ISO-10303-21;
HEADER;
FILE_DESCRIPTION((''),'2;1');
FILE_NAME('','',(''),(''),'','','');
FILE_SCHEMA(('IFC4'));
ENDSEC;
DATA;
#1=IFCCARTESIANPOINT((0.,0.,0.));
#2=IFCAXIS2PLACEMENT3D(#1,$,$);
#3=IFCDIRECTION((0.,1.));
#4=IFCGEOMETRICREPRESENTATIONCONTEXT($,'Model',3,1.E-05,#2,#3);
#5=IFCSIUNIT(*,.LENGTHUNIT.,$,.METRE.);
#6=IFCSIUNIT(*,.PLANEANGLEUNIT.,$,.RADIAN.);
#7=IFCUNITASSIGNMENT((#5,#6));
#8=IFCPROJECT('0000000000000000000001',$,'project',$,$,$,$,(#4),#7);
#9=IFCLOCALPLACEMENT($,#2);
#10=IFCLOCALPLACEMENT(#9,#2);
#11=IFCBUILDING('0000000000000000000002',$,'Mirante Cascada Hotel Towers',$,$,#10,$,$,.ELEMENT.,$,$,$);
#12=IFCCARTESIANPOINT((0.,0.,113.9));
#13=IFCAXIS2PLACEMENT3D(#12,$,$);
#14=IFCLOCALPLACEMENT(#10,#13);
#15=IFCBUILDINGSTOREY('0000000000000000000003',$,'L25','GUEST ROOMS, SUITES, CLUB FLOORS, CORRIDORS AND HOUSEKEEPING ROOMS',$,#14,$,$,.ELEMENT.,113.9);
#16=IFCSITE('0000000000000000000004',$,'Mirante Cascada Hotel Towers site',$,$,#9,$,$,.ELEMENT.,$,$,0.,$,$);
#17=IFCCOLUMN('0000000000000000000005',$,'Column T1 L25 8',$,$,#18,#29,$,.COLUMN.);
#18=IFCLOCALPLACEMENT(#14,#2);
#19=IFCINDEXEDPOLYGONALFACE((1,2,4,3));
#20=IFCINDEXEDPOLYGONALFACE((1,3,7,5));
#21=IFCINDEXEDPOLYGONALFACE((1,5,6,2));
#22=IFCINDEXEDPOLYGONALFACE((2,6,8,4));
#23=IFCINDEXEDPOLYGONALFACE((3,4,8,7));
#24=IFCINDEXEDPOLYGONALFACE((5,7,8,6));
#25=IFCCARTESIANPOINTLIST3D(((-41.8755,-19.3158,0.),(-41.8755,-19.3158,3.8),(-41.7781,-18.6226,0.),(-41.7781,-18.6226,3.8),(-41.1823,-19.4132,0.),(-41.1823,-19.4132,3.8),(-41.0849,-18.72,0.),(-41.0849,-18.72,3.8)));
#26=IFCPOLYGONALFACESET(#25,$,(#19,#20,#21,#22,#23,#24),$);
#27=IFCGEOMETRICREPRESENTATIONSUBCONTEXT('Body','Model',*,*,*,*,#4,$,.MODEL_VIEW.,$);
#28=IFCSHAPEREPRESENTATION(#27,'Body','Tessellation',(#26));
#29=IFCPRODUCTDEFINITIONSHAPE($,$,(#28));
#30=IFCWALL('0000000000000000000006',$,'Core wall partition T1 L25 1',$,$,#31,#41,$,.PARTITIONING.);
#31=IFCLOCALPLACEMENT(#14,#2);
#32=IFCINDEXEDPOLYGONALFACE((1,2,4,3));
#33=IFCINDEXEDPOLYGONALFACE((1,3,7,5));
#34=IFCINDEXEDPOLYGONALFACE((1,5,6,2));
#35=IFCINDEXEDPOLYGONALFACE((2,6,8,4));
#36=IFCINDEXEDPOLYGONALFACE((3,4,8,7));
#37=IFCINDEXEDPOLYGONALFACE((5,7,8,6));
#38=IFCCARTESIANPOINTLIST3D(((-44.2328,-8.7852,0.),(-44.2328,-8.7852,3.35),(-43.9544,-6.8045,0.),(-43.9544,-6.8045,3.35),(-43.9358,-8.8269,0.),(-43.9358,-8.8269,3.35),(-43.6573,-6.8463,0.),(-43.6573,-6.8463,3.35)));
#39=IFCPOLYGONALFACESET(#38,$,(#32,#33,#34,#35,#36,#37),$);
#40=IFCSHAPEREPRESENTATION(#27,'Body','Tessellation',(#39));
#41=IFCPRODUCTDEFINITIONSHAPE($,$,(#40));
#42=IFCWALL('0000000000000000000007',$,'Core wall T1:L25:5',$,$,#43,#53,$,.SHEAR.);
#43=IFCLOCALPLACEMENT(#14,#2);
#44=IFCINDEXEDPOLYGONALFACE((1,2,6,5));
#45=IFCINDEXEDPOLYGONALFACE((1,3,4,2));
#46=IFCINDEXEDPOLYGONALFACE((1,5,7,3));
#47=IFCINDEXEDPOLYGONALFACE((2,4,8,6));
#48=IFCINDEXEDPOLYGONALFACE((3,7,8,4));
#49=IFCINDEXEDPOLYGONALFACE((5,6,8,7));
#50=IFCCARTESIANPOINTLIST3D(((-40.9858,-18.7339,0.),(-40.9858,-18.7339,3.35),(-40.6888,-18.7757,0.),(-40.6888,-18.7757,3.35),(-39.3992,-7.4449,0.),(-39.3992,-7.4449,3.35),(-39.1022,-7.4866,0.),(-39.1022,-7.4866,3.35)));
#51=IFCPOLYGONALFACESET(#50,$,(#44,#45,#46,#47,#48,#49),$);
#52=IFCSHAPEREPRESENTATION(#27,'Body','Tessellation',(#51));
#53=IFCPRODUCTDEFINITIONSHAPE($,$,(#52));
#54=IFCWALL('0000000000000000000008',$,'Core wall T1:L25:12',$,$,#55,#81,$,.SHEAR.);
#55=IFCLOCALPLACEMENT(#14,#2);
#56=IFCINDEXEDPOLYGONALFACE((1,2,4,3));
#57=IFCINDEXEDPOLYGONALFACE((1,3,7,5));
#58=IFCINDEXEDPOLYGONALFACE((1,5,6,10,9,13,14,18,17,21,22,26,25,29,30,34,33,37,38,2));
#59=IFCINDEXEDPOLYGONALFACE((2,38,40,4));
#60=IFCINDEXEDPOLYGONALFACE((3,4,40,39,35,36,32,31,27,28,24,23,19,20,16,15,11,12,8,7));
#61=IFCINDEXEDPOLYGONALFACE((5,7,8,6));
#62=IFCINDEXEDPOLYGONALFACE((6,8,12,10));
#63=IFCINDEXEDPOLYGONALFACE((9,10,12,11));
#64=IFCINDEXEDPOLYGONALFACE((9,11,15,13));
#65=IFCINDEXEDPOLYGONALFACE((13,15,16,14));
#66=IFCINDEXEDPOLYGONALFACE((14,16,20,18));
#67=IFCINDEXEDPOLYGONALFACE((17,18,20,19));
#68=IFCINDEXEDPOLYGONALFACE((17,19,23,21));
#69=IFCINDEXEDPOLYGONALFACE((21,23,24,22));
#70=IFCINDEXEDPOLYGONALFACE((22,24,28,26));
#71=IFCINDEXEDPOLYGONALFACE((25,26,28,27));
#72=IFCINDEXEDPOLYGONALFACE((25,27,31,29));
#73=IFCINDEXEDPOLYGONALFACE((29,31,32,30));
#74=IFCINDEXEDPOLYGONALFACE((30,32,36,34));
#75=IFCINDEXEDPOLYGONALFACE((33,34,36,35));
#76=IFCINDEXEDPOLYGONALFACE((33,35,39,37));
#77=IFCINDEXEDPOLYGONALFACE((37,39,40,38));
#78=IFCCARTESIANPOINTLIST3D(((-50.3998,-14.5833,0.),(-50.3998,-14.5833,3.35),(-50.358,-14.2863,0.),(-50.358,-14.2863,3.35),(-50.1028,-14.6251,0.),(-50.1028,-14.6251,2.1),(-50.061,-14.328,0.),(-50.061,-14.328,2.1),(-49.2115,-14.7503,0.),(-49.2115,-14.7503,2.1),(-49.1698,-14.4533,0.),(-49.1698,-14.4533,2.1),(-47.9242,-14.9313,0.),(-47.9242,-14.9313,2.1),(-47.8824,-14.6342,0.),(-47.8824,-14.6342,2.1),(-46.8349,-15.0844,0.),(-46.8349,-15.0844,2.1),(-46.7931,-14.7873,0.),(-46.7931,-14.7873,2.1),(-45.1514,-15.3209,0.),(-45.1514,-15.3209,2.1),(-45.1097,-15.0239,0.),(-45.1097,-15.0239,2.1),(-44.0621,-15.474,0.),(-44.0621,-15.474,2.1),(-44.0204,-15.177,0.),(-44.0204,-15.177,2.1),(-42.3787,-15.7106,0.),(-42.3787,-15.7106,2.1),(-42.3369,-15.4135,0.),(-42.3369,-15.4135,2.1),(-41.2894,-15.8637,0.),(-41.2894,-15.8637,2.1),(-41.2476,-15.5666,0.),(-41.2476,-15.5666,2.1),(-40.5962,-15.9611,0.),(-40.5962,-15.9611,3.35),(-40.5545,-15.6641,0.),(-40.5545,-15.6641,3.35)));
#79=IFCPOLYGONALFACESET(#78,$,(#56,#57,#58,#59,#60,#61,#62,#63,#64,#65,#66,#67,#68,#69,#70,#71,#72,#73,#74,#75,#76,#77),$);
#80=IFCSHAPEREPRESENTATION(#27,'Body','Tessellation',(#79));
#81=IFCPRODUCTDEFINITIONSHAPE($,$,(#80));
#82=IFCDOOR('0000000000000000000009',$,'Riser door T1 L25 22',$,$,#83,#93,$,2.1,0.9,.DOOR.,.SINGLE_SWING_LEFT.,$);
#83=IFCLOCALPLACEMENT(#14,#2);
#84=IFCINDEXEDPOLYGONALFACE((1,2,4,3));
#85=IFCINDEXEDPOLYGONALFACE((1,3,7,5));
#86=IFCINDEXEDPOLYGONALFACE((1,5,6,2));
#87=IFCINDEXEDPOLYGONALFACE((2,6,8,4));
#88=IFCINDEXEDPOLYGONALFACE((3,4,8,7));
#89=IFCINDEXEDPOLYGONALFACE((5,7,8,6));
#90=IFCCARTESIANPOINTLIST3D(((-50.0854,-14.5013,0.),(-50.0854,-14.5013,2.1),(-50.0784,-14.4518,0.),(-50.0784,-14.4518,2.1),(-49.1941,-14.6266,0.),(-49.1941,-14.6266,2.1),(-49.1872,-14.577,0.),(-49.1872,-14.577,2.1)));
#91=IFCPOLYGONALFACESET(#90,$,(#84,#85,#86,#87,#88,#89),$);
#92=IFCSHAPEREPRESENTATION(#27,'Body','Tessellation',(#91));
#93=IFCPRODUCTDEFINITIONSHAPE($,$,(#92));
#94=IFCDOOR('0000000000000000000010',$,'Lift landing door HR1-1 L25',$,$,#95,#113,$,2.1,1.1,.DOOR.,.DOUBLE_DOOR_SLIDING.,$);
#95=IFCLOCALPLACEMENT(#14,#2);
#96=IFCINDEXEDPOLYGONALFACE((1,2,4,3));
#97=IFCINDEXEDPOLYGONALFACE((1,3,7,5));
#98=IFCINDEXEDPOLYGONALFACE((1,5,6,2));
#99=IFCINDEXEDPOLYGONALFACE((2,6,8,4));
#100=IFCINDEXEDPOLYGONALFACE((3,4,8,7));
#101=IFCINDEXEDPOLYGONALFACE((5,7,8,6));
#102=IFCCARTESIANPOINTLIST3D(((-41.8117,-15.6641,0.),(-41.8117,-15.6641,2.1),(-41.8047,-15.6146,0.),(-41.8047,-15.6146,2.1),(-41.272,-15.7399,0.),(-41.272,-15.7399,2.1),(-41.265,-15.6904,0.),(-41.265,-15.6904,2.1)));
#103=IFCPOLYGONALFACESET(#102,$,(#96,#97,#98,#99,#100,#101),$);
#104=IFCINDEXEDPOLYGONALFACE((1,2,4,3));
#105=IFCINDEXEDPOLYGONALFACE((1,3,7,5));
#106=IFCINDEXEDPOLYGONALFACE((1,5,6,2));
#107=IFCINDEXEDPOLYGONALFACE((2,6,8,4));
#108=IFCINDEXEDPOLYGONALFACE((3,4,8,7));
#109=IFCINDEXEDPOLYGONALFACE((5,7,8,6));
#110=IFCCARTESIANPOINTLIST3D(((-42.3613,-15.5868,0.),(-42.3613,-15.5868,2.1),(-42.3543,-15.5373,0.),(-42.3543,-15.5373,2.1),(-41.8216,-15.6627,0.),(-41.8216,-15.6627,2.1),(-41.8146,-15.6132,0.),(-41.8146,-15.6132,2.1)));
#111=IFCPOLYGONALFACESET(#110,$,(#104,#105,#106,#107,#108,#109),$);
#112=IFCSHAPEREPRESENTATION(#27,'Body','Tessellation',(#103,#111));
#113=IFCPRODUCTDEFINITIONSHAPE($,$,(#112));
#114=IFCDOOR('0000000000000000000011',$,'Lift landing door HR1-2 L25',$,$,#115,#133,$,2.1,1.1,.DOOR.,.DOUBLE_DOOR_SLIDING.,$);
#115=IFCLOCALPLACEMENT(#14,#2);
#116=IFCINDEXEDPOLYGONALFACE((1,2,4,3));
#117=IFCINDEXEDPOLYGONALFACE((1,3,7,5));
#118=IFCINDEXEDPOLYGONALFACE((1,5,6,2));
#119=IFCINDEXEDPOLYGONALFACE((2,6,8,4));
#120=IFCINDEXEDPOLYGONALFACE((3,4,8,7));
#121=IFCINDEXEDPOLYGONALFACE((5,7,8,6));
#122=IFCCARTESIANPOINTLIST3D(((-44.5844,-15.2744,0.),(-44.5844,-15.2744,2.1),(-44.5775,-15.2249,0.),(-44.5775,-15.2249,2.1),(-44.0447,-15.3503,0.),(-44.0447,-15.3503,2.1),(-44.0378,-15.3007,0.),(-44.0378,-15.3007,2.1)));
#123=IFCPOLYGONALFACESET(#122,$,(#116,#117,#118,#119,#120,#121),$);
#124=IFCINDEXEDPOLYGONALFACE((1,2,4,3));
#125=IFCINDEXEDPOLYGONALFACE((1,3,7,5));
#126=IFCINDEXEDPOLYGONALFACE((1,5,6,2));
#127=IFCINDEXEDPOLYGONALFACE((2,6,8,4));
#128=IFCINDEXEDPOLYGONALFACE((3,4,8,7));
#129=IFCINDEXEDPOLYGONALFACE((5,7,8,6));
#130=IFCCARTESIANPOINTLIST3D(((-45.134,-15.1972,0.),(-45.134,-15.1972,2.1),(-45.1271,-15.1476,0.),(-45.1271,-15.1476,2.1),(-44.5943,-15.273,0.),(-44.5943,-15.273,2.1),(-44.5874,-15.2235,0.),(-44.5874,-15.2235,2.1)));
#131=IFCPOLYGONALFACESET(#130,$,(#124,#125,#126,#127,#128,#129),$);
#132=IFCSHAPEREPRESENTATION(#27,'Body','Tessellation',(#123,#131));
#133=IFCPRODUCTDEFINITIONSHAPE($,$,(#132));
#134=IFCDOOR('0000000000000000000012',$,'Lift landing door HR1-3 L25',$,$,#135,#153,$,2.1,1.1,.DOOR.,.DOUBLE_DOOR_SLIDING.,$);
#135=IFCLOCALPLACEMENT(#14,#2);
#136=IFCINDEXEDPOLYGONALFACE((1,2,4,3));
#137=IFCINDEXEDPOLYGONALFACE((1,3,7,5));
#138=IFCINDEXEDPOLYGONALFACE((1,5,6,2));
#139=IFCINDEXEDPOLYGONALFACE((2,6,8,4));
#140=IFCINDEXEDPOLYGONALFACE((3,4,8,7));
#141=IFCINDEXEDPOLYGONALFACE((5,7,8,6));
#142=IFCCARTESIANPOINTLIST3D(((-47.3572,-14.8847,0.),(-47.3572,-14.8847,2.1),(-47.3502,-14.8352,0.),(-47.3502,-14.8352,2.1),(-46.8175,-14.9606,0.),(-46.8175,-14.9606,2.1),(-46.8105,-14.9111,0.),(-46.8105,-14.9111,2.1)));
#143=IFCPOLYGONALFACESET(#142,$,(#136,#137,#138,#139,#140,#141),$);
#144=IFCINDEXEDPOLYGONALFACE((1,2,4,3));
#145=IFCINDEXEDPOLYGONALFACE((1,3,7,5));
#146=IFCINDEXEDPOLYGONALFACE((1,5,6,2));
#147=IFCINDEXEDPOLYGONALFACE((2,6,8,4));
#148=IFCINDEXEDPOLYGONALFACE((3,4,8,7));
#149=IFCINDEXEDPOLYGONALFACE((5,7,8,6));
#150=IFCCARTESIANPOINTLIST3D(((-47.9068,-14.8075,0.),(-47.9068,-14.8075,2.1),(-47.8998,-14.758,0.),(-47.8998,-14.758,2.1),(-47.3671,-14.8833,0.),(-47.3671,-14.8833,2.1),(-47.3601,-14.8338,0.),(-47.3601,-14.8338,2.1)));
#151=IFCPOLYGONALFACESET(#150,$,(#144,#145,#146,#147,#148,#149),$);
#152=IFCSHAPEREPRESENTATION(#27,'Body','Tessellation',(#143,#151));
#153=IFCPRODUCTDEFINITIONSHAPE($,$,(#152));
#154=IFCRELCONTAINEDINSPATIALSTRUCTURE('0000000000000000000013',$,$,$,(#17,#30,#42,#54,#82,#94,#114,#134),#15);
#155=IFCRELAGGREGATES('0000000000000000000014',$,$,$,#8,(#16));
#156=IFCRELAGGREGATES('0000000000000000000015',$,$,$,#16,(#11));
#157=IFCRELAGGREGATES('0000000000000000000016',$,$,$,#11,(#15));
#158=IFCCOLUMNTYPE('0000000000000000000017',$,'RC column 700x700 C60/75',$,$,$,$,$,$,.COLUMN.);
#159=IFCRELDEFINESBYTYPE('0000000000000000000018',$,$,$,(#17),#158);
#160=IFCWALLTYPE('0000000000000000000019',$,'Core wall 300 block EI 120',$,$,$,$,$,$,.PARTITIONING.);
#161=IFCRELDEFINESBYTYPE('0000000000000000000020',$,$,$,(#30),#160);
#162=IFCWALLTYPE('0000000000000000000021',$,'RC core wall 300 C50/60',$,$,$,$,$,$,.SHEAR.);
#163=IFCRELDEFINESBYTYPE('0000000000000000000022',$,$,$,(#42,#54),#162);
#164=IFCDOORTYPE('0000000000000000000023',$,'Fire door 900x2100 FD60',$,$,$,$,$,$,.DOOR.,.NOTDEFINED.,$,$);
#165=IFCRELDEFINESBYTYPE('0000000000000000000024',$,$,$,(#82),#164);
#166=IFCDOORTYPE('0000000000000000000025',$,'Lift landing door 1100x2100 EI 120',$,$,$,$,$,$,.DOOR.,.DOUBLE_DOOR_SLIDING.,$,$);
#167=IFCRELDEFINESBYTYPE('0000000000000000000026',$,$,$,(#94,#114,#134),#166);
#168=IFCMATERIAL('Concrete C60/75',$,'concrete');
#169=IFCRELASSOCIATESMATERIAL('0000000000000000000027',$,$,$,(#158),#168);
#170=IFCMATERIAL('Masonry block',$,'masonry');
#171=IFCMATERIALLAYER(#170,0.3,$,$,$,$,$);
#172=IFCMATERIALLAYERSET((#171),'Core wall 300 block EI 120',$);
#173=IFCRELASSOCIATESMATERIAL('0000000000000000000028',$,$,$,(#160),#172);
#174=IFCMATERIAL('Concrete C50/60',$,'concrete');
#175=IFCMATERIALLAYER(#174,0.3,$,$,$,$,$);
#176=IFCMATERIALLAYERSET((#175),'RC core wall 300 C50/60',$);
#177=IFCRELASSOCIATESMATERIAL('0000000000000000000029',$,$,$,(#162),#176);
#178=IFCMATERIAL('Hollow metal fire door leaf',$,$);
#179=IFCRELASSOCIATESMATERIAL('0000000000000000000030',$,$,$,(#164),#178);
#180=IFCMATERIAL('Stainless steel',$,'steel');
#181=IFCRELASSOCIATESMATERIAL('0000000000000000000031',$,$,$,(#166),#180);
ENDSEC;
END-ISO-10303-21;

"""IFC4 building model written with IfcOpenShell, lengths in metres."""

from ifc_helpers import new_model, si_unit, direction, frame, frame_2d, origin, origin_2d, place, context, subcontext, project, spatial, rectangle, extrude, material, layer, layer_set, material_profile, profile_set, type_object, element, fill, save


model = new_model("IFC4")

# Units and contexts
model_context = context("Model", 3, precision=1e-05, world=origin(), true_north=direction((0.0, 1.0)))
body_context = subcontext(model_context, "Body", "Model", "MODEL_VIEW")
ifc_project = project(units=[si_unit("LENGTHUNIT", "METRE"), si_unit("PLANEANGLEUNIT", "RADIAN")], contexts=[model_context])

# Site, building, storey
site_placement = place(None, origin())
site = spatial("IfcSite", under=ifc_project, at=site_placement, Name="Mirante Cascada Hotel Towers site", CompositionType="ELEMENT", RefElevation=0.0)
building_placement = place(site_placement, origin())
building = spatial("IfcBuilding", under=site, at=building_placement, Name="Mirante Cascada Hotel Towers", CompositionType="ELEMENT")
storey_placement = place(building_placement, frame((0.0, 0.0, 113.9)))
storey = spatial("IfcBuildingStorey", under=building, at=storey_placement, Name="L25", Description="GUEST ROOMS, SUITES, CLUB FLOORS, CORRIDORS AND HOUSEKEEPING ROOMS", CompositionType="ELEMENT", Elevation=113.9)

# Column
ifc_material_1 = material(Name="Concrete C60/75", Category="concrete")
ifc_material_profile = material_profile(ifc_material_1, rectangle(XDim=0.7, YDim=0.7, at=origin_2d()), Name="RC column 700x700 C60/75")
ifc_profile_set = profile_set([ifc_material_profile], Name="Concrete C60/75")
column_type = type_object("IfcColumnType", Name="RC column 700x700 C60/75", PredefinedType="COLUMN", material=ifc_profile_set)
column_placement = place(storey_placement, frame((-41.4802, -19.0179, 0.0), z_axis=(0.0, 0.0, 1.0), x_axis=(-0.990268, 0.139173, 0.0)))
element("IfcColumn", 1, at=column_placement, inside=storey, type_object=column_type, Name="Column T1 L25 8", PredefinedType="COLUMN", context=body_context, shape_type="SweptSolid", body=[
    extrude(rectangle(XDim=0.7, YDim=0.7, at=origin_2d()), origin(), (0.0, 0.0, 1.0), 3.8),
])

# Walls
ifc_material_2 = material(Name="Masonry block", Category="masonry")
ifc_layer_1 = layer(ifc_material_2, 0.3)
ifc_layer_set_1 = layer_set([ifc_layer_1], Name="Core wall 300 block EI 120")
wall_type_1 = type_object("IfcWallType", Name="Core wall 300 block EI 120", PredefinedType="PARTITIONING", material=ifc_layer_set_1)
wall_1_placement = place(storey_placement, frame((-44.0843, -8.8061, 0.0), z_axis=(0.0, 0.0, 1.0), x_axis=(0.139195, 0.990265, 0.0)))
element("IfcWall", 2, at=wall_1_placement, inside=storey, type_object=wall_type_1, Name="Core wall partition T1 L25 1", PredefinedType="PARTITIONING", context=body_context, shape_type="SweptSolid", body=[
    extrude(rectangle(XDim=2.0001, YDim=0.3, at=frame_2d((1.0001, 0.0))), origin(), (0.0, 0.0, 1.0), 3.35),
])
ifc_material_3 = material(Name="Concrete C50/60", Category="concrete")
ifc_layer_2 = layer(ifc_material_3, 0.3)
ifc_layer_set_2 = layer_set([ifc_layer_2], Name="RC core wall 300 C50/60")
wall_type_2 = type_object("IfcWallType", Name="RC core wall 300 C50/60", PredefinedType="SHEAR", material=ifc_layer_set_2)
wall_2_placement = place(storey_placement, frame((-40.8373, -18.7548, 0.0), z_axis=(0.0, 0.0, 1.0), x_axis=(0.139175, 0.990268, 0.0)))
element("IfcWall", 3, at=wall_2_placement, inside=storey, type_object=wall_type_2, Name="Core wall T1:L25:5", PredefinedType="SHEAR", context=body_context, shape_type="SweptSolid", body=[
    extrude(rectangle(XDim=11.4, YDim=0.3, at=frame_2d((5.7, 0.0))), origin(), (0.0, 0.0, 1.0), 3.35),
])

# Wall, openings, doors
wall_3_placement = place(storey_placement, frame((-40.5753, -15.8126, 0.0), z_axis=(0.0, 0.0, 1.0), x_axis=(-0.990268, 0.139173, 0.0)))
wall_3 = element("IfcWall", 4, at=wall_3_placement, inside=storey, type_object=wall_type_2, Name="Core wall T1:L25:12", PredefinedType="SHEAR", context=body_context, shape_type="SweptSolid", body=[
    extrude(rectangle(XDim=9.8999, YDim=0.3, at=frame_2d((4.95, 0.0))), origin(), (0.0, 0.0, 1.0), 3.35),
])
opening_1_placement = place(wall_3_placement, frame((0.7, 0.0, 0.0)))
opening_1 = element("IfcOpeningElement", 5, at=opening_1_placement, cuts=wall_3, PredefinedType="OPENING", context=body_context, shape_type="SweptSolid", body=[
    extrude(rectangle(XDim=1.1, YDim=2.1, at=frame_2d((0.55, 1.05))), frame((0.0, 0.15, 0.0), z_axis=(0.0, -1.0, 0.0), x_axis=(1.0, 0.0, 0.0)), (0.0, 0.0, 1.0), 0.3),
])
opening_2_placement = place(wall_3_placement, frame((3.5, 0.0, 0.0)))
opening_2 = element("IfcOpeningElement", 6, at=opening_2_placement, cuts=wall_3, PredefinedType="OPENING", context=body_context, shape_type="SweptSolid", body=[
    extrude(rectangle(XDim=1.1, YDim=2.1, at=frame_2d((0.55, 1.05))), frame((0.0, 0.15, 0.0), z_axis=(0.0, -1.0, 0.0), x_axis=(1.0, 0.0, 0.0)), (0.0, 0.0, 1.0), 0.3),
])
opening_3_placement = place(wall_3_placement, frame((6.3, 0.0, 0.0)))
opening_3 = element("IfcOpeningElement", 7, at=opening_3_placement, cuts=wall_3, PredefinedType="OPENING", context=body_context, shape_type="SweptSolid", body=[
    extrude(rectangle(XDim=1.1, YDim=2.1, at=frame_2d((0.55, 1.05))), frame((0.0, 0.15, 0.0), z_axis=(0.0, -1.0, 0.0), x_axis=(1.0, 0.0, 0.0)), (0.0, 0.0, 1.0), 0.3),
])
opening_4_placement = place(wall_3_placement, frame((8.7, 0.0, 0.0)))
opening_4 = element("IfcOpeningElement", 8, at=opening_4_placement, cuts=wall_3, PredefinedType="OPENING", context=body_context, shape_type="SweptSolid", body=[
    extrude(rectangle(XDim=0.9, YDim=2.1, at=frame_2d((0.45, 1.05))), frame((0.0, 0.15, 0.0), z_axis=(0.0, -1.0, 0.0), x_axis=(1.0, 0.0, 0.0)), (0.0, 0.0, 1.0), 0.3),
])
ifc_material_4 = material(Name="Hollow metal fire door leaf")
door_type_1 = type_object("IfcDoorType", Name="Fire door 900x2100 FD60", OperationType="NOTDEFINED", PredefinedType="DOOR", material=ifc_material_4)
door_1_placement = place(opening_4_placement, origin())
door_1 = element("IfcDoor", 9, at=door_1_placement, inside=storey, type_object=door_type_1, Name="Riser door T1 L25 22", OperationType="SINGLE_SWING_LEFT", OverallHeight=2.1, OverallWidth=0.9, PredefinedType="DOOR", context=body_context, shape_type="SweptSolid", body=[
    extrude(rectangle(XDim=0.9, YDim=2.1, at=frame_2d((0.45, 1.05))), frame((0.0, 0.025, 0.0), z_axis=(0.0, -1.0, 0.0), x_axis=(1.0, 0.0, 0.0)), (0.0, 0.0, 1.0), 0.05),
])
fill(opening_4, door_1)
ifc_material_5 = material(Name="Stainless steel", Category="steel")
door_type_2 = type_object("IfcDoorType", Name="Lift landing door 1100x2100 EI 120", OperationType="DOUBLE_DOOR_SLIDING", PredefinedType="DOOR", material=ifc_material_5)
door_2_placement = place(opening_1_placement, origin())
door_2 = element("IfcDoor", 10, at=door_2_placement, inside=storey, type_object=door_type_2, Name="Lift landing door HR1-1 L25", OperationType="DOUBLE_DOOR_SLIDING", OverallHeight=2.1, OverallWidth=1.1, PredefinedType="DOOR", context=body_context, shape_type="SweptSolid", body=[
    extrude(rectangle(XDim=0.545, YDim=2.1, at=frame_2d((0.2725, 1.05))), frame((0.0, 0.025, 0.0), z_axis=(0.0, -1.0, 0.0), x_axis=(1.0, 0.0, 0.0)), (0.0, 0.0, 1.0), 0.05),
    extrude(rectangle(XDim=0.545, YDim=2.1, at=frame_2d((0.8275, 1.05))), frame((0.0, 0.025, 0.0), z_axis=(0.0, -1.0, 0.0), x_axis=(1.0, 0.0, 0.0)), (0.0, 0.0, 1.0), 0.05),
])
fill(opening_1, door_2)
door_3_placement = place(opening_2_placement, origin())
door_3 = element("IfcDoor", 11, at=door_3_placement, inside=storey, type_object=door_type_2, Name="Lift landing door HR1-2 L25", OperationType="DOUBLE_DOOR_SLIDING", OverallHeight=2.1, OverallWidth=1.1, PredefinedType="DOOR", context=body_context, shape_type="SweptSolid", body=[
    extrude(rectangle(XDim=0.545, YDim=2.1, at=frame_2d((0.2725, 1.05))), frame((0.0, 0.025, 0.0), z_axis=(0.0, -1.0, 0.0), x_axis=(1.0, 0.0, 0.0)), (0.0, 0.0, 1.0), 0.05),
    extrude(rectangle(XDim=0.545, YDim=2.1, at=frame_2d((0.8275, 1.05))), frame((0.0, 0.025, 0.0), z_axis=(0.0, -1.0, 0.0), x_axis=(1.0, 0.0, 0.0)), (0.0, 0.0, 1.0), 0.05),
])
fill(opening_2, door_3)
door_4_placement = place(opening_3_placement, origin())
door_4 = element("IfcDoor", 12, at=door_4_placement, inside=storey, type_object=door_type_2, Name="Lift landing door HR1-3 L25", OperationType="DOUBLE_DOOR_SLIDING", OverallHeight=2.1, OverallWidth=1.1, PredefinedType="DOOR", context=body_context, shape_type="SweptSolid", body=[
    extrude(rectangle(XDim=0.545, YDim=2.1, at=frame_2d((0.2725, 1.05))), frame((0.0, 0.025, 0.0), z_axis=(0.0, -1.0, 0.0), x_axis=(1.0, 0.0, 0.0)), (0.0, 0.0, 1.0), 0.05),
    extrude(rectangle(XDim=0.545, YDim=2.1, at=frame_2d((0.8275, 1.05))), frame((0.0, 0.025, 0.0), z_axis=(0.0, -1.0, 0.0), x_axis=(1.0, 0.0, 0.0)), (0.0, 0.0, 1.0), 0.05),
])
fill(opening_3, door_4)

save(model, "model.ifc")
